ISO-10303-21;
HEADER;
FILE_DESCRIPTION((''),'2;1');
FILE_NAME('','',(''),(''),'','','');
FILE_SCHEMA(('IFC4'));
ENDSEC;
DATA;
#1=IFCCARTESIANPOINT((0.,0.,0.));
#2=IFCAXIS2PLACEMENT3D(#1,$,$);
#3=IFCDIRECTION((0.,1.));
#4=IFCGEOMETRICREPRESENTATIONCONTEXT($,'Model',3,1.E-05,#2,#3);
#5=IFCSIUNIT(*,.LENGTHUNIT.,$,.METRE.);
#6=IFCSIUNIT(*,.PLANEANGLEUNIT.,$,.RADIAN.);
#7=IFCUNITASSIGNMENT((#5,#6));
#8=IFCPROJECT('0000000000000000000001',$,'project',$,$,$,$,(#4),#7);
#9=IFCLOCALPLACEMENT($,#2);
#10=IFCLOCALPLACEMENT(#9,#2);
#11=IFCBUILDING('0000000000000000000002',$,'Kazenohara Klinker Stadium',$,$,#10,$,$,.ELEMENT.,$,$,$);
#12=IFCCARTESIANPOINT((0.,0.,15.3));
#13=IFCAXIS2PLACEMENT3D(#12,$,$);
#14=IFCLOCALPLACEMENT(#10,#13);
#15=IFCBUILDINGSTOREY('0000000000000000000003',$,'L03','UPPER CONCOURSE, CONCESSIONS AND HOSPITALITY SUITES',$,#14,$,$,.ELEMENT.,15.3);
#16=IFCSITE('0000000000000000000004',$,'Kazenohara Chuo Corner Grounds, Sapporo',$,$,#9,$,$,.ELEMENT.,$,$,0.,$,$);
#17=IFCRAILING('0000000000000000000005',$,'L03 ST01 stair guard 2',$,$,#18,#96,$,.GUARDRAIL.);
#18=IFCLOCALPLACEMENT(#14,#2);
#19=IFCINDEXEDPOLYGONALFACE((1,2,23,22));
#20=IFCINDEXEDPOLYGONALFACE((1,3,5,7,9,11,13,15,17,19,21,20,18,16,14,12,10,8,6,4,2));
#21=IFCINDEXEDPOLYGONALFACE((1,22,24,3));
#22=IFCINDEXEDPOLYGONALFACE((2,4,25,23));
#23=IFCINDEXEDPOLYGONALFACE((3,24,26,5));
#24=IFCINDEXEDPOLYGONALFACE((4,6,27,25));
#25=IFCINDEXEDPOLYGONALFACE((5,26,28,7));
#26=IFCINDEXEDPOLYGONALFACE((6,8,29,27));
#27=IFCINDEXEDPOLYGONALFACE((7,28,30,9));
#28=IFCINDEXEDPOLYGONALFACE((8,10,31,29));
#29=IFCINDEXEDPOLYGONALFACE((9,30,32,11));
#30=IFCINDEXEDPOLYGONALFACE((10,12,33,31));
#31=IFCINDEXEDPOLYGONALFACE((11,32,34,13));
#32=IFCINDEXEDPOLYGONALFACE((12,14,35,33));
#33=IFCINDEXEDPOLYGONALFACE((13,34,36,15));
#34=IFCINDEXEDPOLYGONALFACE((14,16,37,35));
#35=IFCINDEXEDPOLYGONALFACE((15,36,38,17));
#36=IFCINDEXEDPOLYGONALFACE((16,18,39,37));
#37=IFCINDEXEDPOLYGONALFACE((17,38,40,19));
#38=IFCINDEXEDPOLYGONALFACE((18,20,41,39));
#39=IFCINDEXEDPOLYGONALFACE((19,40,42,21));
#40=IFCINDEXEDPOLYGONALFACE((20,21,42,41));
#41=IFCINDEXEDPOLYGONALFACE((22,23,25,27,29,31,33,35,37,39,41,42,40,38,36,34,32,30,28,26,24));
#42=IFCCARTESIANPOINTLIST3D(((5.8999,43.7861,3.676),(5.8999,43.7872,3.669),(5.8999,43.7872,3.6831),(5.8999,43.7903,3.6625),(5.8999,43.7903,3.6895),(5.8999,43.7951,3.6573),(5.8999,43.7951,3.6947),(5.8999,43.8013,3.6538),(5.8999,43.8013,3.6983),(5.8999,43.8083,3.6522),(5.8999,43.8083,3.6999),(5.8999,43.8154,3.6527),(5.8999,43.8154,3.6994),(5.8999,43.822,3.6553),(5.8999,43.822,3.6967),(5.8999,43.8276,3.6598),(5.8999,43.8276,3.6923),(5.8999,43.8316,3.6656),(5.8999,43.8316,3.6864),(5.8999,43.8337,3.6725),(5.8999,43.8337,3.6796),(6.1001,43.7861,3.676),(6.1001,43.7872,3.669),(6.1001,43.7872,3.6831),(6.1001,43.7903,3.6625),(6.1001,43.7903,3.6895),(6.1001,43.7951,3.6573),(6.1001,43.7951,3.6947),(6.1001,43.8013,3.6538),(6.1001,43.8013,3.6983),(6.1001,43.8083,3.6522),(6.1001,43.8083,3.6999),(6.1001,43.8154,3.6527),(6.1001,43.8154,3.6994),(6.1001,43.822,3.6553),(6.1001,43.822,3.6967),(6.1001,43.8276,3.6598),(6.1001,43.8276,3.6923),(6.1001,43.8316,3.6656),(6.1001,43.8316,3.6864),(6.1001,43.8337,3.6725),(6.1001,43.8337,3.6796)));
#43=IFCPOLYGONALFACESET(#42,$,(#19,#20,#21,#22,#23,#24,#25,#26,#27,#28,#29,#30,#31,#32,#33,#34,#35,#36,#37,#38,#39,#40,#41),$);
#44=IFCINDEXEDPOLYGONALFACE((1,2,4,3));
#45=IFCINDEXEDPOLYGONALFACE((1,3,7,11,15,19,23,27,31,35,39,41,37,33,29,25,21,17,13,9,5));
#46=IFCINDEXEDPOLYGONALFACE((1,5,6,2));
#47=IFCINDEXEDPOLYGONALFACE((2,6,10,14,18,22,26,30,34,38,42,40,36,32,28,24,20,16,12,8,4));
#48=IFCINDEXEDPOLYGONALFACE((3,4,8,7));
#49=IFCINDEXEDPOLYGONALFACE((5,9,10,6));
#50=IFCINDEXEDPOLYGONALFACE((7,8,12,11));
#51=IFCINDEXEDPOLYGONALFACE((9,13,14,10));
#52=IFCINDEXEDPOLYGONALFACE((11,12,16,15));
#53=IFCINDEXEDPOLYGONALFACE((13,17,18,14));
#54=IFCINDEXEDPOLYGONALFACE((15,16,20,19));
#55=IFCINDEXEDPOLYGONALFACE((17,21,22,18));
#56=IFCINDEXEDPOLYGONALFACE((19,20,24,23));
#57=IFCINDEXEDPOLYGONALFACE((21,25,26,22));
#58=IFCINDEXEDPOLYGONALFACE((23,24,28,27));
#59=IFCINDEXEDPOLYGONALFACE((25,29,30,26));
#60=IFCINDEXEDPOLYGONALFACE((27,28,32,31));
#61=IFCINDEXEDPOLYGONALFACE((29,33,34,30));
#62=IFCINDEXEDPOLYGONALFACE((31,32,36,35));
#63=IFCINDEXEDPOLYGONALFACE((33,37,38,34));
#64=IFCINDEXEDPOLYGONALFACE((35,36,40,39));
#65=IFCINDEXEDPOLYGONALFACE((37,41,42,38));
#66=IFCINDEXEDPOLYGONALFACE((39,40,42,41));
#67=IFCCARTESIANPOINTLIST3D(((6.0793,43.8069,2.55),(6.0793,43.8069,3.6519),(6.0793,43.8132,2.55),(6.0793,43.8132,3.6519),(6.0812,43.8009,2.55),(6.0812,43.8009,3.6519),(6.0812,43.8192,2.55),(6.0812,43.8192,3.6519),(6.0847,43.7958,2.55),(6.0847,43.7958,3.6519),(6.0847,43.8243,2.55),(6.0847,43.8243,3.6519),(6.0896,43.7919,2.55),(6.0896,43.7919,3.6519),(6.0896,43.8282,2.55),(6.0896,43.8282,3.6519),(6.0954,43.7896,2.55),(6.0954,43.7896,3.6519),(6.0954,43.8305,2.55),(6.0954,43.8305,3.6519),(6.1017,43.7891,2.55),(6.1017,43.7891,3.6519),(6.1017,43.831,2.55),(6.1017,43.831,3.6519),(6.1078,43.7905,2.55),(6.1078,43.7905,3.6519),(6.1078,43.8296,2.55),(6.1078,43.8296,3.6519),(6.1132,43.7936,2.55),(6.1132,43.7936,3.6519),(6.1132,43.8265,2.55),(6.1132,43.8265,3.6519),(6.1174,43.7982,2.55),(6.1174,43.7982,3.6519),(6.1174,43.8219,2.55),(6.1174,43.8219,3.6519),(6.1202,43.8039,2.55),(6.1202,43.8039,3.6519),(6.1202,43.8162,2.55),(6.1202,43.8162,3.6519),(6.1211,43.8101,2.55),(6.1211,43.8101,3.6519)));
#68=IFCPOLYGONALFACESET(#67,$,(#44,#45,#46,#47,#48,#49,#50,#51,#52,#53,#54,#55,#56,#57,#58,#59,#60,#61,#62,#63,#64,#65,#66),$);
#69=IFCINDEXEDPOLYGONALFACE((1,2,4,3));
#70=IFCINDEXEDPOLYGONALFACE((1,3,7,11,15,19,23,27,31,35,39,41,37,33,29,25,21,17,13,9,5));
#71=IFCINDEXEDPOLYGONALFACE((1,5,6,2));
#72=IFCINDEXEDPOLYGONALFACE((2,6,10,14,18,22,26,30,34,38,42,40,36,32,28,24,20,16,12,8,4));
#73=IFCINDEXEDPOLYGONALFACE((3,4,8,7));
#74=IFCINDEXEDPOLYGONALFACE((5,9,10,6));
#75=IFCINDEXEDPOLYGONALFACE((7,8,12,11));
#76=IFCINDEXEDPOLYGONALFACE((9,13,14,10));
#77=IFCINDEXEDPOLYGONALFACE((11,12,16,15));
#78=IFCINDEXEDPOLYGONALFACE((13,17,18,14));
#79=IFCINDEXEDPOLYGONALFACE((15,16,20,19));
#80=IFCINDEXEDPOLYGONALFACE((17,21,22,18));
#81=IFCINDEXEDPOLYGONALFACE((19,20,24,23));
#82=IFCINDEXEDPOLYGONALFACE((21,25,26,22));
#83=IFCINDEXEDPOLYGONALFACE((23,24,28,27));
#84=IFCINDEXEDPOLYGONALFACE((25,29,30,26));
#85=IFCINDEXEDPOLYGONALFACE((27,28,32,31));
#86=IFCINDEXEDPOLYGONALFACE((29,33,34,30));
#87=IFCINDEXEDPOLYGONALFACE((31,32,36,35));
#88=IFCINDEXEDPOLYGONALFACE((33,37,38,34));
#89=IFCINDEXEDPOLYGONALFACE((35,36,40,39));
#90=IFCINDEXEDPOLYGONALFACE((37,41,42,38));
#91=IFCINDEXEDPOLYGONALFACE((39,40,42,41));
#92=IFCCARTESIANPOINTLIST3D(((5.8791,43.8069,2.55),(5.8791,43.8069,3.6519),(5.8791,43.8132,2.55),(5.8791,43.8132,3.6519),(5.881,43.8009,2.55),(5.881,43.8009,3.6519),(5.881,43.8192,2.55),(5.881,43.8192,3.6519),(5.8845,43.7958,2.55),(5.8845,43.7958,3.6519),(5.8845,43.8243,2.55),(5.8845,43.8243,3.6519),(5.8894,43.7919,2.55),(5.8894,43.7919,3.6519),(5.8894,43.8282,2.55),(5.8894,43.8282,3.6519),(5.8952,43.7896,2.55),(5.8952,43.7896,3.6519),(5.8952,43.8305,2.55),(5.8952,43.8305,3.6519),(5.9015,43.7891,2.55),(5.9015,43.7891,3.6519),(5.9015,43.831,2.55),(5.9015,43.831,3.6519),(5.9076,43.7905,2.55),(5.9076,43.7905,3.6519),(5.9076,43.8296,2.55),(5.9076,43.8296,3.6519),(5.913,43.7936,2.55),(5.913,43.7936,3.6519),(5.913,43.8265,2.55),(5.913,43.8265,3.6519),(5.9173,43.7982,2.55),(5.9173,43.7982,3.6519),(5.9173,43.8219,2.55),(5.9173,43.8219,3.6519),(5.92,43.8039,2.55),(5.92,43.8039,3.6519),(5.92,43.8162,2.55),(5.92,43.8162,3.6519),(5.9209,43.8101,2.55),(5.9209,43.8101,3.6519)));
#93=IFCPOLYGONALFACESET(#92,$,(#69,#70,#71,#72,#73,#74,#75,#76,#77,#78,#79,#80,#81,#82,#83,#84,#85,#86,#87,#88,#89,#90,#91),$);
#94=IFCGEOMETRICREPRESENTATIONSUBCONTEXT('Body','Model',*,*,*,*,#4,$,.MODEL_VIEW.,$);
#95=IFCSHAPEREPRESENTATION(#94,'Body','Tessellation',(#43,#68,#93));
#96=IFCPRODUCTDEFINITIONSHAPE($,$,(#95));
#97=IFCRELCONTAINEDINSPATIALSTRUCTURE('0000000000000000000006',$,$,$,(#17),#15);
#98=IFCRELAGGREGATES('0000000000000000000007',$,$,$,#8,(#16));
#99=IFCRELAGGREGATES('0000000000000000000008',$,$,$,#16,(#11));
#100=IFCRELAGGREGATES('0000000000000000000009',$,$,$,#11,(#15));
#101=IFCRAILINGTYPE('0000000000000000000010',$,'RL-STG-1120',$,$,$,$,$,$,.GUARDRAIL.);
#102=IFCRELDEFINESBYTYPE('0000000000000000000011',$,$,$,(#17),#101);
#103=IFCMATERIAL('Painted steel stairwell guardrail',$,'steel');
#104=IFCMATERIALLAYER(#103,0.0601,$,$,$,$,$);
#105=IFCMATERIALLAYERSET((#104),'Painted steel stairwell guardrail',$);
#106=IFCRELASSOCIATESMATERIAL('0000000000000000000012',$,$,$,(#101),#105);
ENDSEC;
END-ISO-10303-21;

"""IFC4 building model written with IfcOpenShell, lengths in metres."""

from ifc_helpers import new_model, si_unit, direction, frame, origin, origin_2d, place, context, subcontext, project, spatial, circle, extrude, material, layer, layer_set, type_object, element, save


model = new_model("IFC4")

# Units and contexts
model_context = context("Model", 3, precision=1e-05, world=origin(), true_north=direction((0.0, 1.0)))
body_context = subcontext(model_context, "Body", "Model", "MODEL_VIEW")
ifc_project = project(units=[si_unit("LENGTHUNIT", "METRE"), si_unit("PLANEANGLEUNIT", "RADIAN")], contexts=[model_context])

# Site, building, storey
site_placement = place(None, origin())
site = spatial("IfcSite", under=ifc_project, at=site_placement, Name="Kazenohara Chuo Corner Grounds, Sapporo", CompositionType="ELEMENT", RefElevation=0.0)
building_placement = place(site_placement, origin())
building = spatial("IfcBuilding", under=site, at=building_placement, Name="Kazenohara Klinker Stadium", CompositionType="ELEMENT")
storey_placement = place(building_placement, frame((0.0, 0.0, 15.3)))
storey = spatial("IfcBuildingStorey", under=building, at=storey_placement, Name="L03", Description="UPPER CONCOURSE, CONCESSIONS AND HOSPITALITY SUITES", CompositionType="ELEMENT", Elevation=15.3)

# Railing
ifc_material_1 = material(Name="Painted steel stairwell guardrail", Category="steel")
ifc_layer_1 = layer(ifc_material_1, 0.0601)
ifc_layer_set_1 = layer_set([ifc_layer_1], Name="Painted steel stairwell guardrail")
railing_type_1 = type_object("IfcRailingType", Name="RL-STG-1120", PredefinedType="GUARDRAIL", material=ifc_layer_set_1)
railing_1_placement = place(storey_placement, frame((6.1001, 43.8101, 2.55)))
element("IfcRailing", 1, at=railing_1_placement, inside=storey, type_object=railing_type_1, Name="L03 ST01 stair guard 2", PredefinedType="GUARDRAIL", context=body_context, shape_type="SweptSolid", body=[
    extrude(circle(Radius=0.0239, at=origin_2d()), frame((0.0, 0.0, 1.126), z_axis=(-1.0, 0.0, 0.0), x_axis=(0.0, -1.0, 0.0)), (0.0, 0.0, 1.0), 0.2002),
    extrude(circle(Radius=0.021, at=origin_2d()), origin(), (0.0, 0.0, 1.0), 1.1018),
    extrude(circle(Radius=0.021, at=origin_2d()), frame((-0.2002, 0.0, 0.0)), (0.0, 0.0, 1.0), 1.1018),
])

save(model, "model.ifc")
